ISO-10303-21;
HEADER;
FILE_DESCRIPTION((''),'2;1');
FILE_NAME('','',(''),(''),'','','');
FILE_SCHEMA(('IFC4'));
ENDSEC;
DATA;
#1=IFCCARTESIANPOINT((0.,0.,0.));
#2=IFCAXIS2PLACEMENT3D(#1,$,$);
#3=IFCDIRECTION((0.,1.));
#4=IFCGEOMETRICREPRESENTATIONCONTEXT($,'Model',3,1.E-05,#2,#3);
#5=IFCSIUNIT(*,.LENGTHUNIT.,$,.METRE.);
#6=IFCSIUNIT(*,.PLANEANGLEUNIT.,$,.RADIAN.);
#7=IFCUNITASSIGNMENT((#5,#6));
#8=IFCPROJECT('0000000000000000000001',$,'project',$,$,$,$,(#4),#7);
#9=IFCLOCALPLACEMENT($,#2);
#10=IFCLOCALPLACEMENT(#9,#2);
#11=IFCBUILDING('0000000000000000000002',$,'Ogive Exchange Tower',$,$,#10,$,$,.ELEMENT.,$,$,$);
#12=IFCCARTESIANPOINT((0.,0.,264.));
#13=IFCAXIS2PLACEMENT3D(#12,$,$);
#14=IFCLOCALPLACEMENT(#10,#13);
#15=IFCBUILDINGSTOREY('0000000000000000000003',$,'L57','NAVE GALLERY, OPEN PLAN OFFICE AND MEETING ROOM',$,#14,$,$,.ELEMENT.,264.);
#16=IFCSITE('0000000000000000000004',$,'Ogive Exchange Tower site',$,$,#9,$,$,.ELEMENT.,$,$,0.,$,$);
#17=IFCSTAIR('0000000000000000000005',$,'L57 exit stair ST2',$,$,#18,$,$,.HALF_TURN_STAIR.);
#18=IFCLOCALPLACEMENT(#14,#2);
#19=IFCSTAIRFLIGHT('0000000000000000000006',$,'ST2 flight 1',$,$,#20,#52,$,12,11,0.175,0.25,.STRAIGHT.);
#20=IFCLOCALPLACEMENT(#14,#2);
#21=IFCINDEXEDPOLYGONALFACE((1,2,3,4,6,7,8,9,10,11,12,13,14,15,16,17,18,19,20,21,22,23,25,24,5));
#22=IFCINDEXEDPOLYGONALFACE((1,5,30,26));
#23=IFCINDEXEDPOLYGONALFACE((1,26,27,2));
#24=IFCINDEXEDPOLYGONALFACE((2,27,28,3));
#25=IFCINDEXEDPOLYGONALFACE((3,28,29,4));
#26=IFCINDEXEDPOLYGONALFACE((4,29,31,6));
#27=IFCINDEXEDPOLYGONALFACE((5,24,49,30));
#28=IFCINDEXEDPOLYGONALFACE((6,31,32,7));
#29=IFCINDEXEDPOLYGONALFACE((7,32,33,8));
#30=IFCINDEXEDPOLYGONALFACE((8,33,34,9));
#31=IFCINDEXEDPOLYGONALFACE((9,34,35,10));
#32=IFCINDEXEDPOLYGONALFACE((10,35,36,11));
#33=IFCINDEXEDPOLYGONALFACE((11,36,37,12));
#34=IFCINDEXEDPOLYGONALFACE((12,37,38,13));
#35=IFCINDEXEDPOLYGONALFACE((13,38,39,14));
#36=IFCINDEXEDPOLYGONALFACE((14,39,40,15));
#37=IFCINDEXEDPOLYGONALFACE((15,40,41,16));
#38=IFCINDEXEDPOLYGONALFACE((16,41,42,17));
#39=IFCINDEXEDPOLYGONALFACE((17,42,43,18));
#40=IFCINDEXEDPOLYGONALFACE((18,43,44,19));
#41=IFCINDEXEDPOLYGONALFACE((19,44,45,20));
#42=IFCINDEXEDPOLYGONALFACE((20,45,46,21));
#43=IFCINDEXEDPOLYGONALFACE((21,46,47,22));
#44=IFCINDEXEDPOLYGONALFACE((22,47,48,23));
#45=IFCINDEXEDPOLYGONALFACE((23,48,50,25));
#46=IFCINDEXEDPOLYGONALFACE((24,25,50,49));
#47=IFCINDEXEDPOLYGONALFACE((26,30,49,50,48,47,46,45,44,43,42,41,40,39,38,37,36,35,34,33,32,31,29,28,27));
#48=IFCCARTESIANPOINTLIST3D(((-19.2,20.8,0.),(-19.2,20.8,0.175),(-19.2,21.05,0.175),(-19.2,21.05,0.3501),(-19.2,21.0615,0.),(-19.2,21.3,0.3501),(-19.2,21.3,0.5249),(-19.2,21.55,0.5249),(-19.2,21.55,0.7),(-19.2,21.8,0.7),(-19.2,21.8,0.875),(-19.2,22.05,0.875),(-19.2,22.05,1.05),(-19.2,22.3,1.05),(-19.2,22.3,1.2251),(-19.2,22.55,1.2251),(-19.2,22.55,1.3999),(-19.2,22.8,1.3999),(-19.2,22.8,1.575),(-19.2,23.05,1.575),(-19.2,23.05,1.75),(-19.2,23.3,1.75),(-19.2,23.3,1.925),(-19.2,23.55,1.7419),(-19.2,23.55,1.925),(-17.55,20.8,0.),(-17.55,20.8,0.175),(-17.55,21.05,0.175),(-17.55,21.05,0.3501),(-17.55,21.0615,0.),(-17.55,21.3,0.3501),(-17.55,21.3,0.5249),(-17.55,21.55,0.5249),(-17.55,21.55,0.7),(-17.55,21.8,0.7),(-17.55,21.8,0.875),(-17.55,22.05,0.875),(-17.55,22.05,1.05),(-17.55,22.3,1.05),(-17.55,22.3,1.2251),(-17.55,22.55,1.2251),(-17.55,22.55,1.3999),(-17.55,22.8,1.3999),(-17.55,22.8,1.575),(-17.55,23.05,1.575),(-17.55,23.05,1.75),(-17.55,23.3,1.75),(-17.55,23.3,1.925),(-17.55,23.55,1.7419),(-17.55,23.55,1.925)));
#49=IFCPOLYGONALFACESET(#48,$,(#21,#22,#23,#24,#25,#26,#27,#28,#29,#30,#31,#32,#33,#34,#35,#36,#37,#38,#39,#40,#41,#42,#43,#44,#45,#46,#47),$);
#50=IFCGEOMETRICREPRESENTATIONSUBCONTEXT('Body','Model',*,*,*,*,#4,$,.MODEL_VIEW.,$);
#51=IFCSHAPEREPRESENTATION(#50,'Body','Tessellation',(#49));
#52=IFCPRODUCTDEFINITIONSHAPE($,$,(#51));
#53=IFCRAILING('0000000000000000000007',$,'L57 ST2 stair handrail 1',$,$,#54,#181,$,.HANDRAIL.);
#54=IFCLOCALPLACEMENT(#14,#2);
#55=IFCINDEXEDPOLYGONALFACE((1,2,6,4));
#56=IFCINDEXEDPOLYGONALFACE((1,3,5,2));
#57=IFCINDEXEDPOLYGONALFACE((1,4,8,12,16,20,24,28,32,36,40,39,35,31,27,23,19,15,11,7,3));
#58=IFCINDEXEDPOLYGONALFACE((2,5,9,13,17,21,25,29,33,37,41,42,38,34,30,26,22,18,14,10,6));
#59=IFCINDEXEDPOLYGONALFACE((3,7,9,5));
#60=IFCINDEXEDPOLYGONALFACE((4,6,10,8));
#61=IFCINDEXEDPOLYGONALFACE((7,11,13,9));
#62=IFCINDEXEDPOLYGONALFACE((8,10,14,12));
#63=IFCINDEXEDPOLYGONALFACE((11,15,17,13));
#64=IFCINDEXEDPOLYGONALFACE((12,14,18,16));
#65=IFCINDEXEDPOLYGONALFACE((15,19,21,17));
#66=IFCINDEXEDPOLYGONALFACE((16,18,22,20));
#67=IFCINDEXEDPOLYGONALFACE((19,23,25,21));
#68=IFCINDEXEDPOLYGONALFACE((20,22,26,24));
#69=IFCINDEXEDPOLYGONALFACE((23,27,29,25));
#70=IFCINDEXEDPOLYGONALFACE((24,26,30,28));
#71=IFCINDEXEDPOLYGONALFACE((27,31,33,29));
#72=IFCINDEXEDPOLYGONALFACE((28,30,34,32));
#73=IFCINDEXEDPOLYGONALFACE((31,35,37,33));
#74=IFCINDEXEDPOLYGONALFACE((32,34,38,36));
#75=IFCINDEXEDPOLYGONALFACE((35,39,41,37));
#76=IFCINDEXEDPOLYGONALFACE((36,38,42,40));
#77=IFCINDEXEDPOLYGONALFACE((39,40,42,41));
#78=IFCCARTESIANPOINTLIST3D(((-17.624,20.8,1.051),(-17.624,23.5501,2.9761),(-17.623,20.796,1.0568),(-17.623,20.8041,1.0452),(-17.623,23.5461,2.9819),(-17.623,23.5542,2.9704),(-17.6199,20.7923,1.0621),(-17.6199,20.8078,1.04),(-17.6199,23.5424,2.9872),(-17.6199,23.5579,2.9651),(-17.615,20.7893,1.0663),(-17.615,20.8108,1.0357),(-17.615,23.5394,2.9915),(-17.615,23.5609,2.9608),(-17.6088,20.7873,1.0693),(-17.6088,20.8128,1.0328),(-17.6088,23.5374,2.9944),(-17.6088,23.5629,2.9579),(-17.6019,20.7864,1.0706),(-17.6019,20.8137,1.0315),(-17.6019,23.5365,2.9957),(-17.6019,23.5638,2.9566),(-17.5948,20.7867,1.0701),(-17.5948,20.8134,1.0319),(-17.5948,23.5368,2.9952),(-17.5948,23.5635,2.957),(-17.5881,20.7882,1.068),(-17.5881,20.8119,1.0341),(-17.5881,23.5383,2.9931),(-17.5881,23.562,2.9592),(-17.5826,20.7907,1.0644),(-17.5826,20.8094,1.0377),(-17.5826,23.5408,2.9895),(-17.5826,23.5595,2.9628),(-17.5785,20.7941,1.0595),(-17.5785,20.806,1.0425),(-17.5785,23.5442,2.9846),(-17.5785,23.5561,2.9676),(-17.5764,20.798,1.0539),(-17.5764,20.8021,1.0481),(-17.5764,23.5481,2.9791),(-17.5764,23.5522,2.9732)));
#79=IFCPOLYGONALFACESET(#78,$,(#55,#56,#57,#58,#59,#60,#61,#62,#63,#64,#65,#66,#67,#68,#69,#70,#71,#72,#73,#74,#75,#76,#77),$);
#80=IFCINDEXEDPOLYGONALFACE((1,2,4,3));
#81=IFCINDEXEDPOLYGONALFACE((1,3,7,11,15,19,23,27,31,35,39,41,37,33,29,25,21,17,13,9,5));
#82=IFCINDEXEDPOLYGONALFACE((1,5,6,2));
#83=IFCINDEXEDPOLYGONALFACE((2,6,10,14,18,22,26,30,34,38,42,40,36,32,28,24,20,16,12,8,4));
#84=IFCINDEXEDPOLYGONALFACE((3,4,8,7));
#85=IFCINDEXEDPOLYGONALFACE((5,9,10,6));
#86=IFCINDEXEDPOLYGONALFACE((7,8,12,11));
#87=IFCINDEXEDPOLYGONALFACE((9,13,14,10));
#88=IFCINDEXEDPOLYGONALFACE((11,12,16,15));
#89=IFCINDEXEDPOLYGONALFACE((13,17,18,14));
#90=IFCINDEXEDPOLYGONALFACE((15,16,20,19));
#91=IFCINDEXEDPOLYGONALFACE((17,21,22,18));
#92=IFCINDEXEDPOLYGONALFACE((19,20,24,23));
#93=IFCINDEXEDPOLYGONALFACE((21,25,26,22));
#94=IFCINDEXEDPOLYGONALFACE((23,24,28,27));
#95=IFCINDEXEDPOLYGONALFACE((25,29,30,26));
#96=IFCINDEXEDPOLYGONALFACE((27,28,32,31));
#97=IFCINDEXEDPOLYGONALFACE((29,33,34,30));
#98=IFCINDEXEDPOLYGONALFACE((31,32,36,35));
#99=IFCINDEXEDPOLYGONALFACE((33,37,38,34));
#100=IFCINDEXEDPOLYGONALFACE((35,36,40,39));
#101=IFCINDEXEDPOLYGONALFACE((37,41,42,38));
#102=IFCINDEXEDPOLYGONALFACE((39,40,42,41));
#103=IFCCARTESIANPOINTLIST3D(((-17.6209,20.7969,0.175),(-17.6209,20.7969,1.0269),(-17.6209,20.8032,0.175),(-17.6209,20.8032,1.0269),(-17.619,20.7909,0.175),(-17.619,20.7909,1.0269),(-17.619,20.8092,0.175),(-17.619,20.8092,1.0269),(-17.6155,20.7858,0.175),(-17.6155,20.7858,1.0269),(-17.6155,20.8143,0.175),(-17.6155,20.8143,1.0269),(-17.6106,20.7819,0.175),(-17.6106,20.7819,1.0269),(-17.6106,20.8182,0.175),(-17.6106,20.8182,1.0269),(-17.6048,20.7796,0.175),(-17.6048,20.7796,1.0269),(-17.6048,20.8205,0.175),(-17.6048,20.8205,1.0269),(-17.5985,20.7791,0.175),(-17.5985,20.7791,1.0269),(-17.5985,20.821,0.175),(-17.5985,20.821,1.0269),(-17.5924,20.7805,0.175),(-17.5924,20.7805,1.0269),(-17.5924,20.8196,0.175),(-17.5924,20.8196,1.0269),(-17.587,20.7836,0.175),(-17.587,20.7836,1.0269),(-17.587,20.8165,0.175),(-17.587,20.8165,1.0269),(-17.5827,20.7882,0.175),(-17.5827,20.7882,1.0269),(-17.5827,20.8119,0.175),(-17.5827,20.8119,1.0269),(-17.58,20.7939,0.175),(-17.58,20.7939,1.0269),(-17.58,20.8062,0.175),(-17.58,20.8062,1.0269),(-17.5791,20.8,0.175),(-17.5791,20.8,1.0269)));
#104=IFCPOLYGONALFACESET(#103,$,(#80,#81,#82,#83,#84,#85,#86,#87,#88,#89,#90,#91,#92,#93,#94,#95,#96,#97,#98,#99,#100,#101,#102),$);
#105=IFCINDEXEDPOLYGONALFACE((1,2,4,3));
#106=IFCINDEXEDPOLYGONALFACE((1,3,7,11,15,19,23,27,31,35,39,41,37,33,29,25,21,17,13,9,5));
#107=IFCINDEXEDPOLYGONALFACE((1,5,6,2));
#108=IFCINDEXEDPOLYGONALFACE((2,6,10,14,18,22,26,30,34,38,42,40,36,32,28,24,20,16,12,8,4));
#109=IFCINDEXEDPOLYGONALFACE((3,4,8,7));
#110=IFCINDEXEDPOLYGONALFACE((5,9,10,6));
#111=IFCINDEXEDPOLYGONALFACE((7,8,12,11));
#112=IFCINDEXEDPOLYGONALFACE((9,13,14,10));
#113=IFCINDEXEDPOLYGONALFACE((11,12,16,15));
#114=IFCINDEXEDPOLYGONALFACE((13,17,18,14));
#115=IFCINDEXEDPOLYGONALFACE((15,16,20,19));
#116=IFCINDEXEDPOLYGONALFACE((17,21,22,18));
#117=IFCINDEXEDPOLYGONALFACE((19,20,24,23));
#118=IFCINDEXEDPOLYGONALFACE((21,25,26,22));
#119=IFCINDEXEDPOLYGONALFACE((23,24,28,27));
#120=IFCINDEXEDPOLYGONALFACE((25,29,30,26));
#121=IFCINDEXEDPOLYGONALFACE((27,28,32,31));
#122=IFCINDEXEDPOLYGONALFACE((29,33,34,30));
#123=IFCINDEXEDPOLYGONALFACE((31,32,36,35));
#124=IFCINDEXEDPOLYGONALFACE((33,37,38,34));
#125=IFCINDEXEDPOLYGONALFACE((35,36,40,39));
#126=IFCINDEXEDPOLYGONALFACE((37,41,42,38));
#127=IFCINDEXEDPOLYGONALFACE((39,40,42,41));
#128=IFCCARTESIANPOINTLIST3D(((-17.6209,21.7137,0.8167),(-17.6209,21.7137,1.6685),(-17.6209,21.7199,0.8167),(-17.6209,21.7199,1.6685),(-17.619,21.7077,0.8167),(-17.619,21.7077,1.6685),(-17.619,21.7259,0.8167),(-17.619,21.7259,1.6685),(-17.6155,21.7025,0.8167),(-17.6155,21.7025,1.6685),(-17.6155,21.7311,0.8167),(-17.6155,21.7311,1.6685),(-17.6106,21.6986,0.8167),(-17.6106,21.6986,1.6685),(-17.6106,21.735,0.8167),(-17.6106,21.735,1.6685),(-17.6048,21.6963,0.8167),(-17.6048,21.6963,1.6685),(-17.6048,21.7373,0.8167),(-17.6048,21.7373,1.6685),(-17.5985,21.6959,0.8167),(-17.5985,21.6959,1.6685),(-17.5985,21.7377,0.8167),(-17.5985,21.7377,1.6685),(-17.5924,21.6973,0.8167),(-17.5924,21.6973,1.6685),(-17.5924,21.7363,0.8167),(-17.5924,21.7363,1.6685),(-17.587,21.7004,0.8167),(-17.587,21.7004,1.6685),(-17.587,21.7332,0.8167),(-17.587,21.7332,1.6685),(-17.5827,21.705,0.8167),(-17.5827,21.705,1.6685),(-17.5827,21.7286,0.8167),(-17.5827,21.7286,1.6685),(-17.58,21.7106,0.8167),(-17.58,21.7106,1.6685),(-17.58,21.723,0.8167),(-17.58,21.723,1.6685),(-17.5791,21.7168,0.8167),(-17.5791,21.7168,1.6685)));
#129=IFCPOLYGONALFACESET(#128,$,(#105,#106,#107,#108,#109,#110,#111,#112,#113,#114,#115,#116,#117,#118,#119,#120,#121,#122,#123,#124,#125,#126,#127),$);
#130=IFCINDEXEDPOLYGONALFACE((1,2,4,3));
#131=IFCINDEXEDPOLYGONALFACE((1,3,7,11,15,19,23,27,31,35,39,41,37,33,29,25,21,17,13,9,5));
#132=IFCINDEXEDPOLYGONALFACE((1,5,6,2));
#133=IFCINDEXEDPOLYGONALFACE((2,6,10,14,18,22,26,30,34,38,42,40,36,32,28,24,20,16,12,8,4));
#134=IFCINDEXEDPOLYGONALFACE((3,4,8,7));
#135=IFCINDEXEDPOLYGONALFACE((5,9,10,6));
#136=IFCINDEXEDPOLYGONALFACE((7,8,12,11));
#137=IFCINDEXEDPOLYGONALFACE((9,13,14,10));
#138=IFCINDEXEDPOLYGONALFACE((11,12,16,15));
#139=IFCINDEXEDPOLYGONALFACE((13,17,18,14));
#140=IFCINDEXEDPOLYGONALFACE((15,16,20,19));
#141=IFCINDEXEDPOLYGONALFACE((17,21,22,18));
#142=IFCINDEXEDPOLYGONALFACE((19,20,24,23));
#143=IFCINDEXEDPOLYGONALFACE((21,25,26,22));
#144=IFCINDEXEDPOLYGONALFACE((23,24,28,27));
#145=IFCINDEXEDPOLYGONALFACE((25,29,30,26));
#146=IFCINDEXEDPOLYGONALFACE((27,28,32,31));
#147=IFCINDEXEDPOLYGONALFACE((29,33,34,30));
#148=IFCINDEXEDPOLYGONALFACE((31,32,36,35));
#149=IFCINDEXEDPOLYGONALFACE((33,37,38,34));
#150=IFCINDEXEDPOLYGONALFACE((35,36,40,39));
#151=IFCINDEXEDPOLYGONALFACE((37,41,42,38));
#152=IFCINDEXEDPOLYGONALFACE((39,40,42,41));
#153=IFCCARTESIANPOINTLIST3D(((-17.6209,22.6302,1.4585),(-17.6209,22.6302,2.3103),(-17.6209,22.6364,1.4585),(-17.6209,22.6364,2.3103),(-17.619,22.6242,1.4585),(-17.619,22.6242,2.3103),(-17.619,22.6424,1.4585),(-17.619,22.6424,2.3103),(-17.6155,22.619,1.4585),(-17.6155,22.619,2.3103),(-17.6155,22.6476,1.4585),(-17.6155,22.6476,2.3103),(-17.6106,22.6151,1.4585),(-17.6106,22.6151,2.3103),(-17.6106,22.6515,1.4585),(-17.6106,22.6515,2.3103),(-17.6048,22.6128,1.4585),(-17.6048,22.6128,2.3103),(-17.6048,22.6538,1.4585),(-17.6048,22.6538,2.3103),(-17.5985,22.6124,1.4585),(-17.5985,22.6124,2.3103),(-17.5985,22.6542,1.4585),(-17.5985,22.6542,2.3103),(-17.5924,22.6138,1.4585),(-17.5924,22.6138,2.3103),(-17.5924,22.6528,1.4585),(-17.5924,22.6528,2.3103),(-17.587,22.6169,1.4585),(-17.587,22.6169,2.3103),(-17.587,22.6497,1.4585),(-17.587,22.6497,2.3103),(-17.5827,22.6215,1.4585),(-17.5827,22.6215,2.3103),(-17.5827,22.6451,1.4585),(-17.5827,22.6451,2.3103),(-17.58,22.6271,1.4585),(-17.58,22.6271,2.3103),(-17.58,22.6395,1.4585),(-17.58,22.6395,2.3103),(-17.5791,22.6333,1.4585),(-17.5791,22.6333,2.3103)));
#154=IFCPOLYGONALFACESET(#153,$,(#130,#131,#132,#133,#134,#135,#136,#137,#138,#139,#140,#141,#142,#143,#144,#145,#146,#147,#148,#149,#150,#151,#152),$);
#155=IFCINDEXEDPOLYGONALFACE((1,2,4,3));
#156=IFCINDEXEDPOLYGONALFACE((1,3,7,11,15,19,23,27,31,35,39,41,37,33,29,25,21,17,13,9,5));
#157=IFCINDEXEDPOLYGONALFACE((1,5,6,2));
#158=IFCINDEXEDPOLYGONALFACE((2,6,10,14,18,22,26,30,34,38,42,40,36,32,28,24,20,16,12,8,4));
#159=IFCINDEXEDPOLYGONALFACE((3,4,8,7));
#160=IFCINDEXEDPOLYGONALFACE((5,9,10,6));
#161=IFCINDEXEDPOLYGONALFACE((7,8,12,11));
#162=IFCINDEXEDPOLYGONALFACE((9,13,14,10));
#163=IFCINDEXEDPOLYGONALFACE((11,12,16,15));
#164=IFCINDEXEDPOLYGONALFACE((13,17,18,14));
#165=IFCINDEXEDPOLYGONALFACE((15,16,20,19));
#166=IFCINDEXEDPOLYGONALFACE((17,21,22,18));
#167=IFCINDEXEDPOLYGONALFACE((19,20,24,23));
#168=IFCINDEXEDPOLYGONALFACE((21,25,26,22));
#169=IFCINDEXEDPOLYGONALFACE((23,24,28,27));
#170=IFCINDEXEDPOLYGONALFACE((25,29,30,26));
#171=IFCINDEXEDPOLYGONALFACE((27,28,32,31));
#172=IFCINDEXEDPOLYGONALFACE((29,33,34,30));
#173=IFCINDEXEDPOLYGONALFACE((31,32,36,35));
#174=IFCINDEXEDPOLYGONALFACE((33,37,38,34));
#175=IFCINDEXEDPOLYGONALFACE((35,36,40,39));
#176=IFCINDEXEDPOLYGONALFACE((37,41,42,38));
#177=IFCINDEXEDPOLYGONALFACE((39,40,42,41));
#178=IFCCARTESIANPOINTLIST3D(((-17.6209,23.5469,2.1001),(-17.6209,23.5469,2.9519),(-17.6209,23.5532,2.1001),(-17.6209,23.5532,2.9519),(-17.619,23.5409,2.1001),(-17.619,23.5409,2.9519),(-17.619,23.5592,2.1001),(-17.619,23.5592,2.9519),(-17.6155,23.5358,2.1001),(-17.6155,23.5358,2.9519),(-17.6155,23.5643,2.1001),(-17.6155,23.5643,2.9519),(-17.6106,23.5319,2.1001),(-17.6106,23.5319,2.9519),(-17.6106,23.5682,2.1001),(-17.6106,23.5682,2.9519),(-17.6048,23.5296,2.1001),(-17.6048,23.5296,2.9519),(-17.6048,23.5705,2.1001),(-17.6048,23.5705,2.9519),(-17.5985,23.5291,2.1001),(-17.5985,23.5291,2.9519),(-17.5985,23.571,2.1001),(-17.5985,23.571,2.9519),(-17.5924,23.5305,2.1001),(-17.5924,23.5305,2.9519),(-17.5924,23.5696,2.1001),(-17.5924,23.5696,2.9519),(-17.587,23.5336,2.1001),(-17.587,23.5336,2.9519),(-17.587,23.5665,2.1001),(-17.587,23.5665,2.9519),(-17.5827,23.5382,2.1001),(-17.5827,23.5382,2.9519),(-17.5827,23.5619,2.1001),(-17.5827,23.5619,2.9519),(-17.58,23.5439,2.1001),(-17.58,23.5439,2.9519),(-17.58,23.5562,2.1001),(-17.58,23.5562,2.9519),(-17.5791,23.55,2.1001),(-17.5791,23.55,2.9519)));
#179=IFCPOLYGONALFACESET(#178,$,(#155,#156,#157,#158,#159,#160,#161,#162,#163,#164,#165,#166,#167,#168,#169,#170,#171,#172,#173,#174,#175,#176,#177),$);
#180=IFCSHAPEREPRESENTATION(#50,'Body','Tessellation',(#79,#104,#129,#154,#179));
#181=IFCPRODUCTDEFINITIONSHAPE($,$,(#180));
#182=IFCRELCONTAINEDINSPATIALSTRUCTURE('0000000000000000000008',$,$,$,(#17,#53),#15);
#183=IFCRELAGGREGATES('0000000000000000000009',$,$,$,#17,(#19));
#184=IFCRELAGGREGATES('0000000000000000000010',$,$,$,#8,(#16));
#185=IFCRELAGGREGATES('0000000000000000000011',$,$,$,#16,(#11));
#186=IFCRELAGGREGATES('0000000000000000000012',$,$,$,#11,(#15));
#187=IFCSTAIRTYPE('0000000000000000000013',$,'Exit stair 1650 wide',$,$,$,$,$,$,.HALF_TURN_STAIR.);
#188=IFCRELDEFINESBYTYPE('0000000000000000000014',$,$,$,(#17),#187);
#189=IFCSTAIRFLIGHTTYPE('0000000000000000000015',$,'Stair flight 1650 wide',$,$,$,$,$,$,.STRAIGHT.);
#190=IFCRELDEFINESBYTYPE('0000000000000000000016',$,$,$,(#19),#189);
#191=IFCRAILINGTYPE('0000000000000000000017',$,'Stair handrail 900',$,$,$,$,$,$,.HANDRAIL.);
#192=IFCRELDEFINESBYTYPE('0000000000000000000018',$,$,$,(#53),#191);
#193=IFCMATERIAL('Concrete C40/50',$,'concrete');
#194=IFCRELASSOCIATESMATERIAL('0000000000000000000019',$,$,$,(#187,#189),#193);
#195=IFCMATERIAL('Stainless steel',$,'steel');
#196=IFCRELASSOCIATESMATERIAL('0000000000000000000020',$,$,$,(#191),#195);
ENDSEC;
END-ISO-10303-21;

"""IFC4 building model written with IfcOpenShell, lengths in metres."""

from ifc_helpers import new_model, si_unit, direction, frame, origin, origin_2d, place, context, subcontext, project, spatial, polyline, circle, outline, extrude, material, type_object, element, aggregate, save


model = new_model("IFC4")

# Units and contexts
model_context = context("Model", 3, precision=1e-05, world=origin(), true_north=direction((0.0, 1.0)))
body_context = subcontext(model_context, "Body", "Model", "MODEL_VIEW")
ifc_project = project(units=[si_unit("LENGTHUNIT", "METRE"), si_unit("PLANEANGLEUNIT", "RADIAN")], contexts=[model_context])

# Site, building, storey
site_placement = place(None, origin())
site = spatial("IfcSite", under=ifc_project, at=site_placement, Name="Ogive Exchange Tower site", CompositionType="ELEMENT", RefElevation=0.0)
building_placement = place(site_placement, origin())
building = spatial("IfcBuilding", under=site, at=building_placement, Name="Ogive Exchange Tower", CompositionType="ELEMENT")
storey_placement = place(building_placement, frame((0.0, 0.0, 264.0)))
storey = spatial("IfcBuildingStorey", under=building, at=storey_placement, Name="L57", Description="NAVE GALLERY, OPEN PLAN OFFICE AND MEETING ROOM", CompositionType="ELEMENT", Elevation=264.0)

# Stair, stair flight
ifc_material_1 = material(Name="Concrete C40/50", Category="concrete")
stair_type = type_object("IfcStairType", Name="Exit stair 1650 wide", PredefinedType="HALF_TURN_STAIR", material=ifc_material_1)
stair_placement = place(storey_placement, origin())
stair = element("IfcStair", 1, at=stair_placement, inside=storey, type_object=stair_type, Name="L57 exit stair ST2", PredefinedType="HALF_TURN_STAIR")
stair_flight_type = type_object("IfcStairFlightType", Name="Stair flight 1650 wide", PredefinedType="STRAIGHT", material=ifc_material_1)
stair_flight_placement = place(storey_placement, frame((-18.375, 20.8, 0.0), z_axis=(0.0, 0.0, 1.0), x_axis=(0.0, 1.0, 0.0)))
stair_flight = element("IfcStairFlight", 2, at=stair_flight_placement, type_object=stair_flight_type, Name="ST2 flight 1", NumberOfRisers=12, NumberOfTreads=11, PredefinedType="STRAIGHT", RiserHeight=0.175, TreadLength=0.25, context=body_context, shape_type="SweptSolid", body=[
    extrude(outline(polyline([(0.0, 0.0), (0.0, 0.175), (0.25, 0.175), (0.25, 0.3501), (0.5, 0.3501), (0.5, 0.5249), (0.75, 0.5249), (0.75, 0.7), (1.0, 0.7), (1.0, 0.875), (1.25, 0.875), (1.25, 1.05), (1.5, 1.05), (1.5, 1.2251), (1.75, 1.2251), (1.75, 1.3999), (2.0, 1.3999), (2.0, 1.575), (2.25, 1.575), (2.25, 1.75), (2.5, 1.75), (2.5, 1.925), (2.75, 1.925), (2.75, 2.1001), (2.75, 1.7419), (0.2615, 0.0), (0.0, 0.0)])), frame((0.0, 0.825, 0.0), z_axis=(0.0, -1.0, 0.0), x_axis=(1.0, 0.0, 0.0)), (0.0, 0.0, 1.0), 1.6499),
])
aggregate(stair, [stair_flight])

# Railing
ifc_material_2 = material(Name="Stainless steel", Category="steel")
railing_type = type_object("IfcRailingType", Name="Stair handrail 900", PredefinedType="HANDRAIL", material=ifc_material_2)
railing_placement = place(storey_placement, frame((-17.6001, 20.8, 0.175)))
element("IfcRailing", 3, at=railing_placement, inside=storey, type_object=railing_type, Name="L57 ST2 stair handrail 1", PredefinedType="HANDRAIL", context=body_context, shape_type="SweptSolid", body=[
    extrude(circle(Radius=0.0239, at=origin_2d()), frame((0.0, 0.0, 0.876), z_axis=(0.0, 0.819225, 0.573472), x_axis=(-1.0, 0.0, 0.0)), (0.0, 0.0, 1.0), 3.3569),
    extrude(circle(Radius=0.021, at=origin_2d()), origin(), (0.0, 0.0, 1.0), 0.8518),
    extrude(circle(Radius=0.021, at=origin_2d()), frame((0.0, 0.9167, 0.6416)), (0.0, 0.0, 1.0), 0.8518),
    extrude(circle(Radius=0.021, at=origin_2d()), frame((0.0, 1.8333, 1.2834)), (0.0, 0.0, 1.0), 0.8518),
    extrude(circle(Radius=0.021, at=origin_2d()), frame((0.0, 2.75, 1.925)), (0.0, 0.0, 1.0), 0.8518),
])

save(model, "model.ifc")
